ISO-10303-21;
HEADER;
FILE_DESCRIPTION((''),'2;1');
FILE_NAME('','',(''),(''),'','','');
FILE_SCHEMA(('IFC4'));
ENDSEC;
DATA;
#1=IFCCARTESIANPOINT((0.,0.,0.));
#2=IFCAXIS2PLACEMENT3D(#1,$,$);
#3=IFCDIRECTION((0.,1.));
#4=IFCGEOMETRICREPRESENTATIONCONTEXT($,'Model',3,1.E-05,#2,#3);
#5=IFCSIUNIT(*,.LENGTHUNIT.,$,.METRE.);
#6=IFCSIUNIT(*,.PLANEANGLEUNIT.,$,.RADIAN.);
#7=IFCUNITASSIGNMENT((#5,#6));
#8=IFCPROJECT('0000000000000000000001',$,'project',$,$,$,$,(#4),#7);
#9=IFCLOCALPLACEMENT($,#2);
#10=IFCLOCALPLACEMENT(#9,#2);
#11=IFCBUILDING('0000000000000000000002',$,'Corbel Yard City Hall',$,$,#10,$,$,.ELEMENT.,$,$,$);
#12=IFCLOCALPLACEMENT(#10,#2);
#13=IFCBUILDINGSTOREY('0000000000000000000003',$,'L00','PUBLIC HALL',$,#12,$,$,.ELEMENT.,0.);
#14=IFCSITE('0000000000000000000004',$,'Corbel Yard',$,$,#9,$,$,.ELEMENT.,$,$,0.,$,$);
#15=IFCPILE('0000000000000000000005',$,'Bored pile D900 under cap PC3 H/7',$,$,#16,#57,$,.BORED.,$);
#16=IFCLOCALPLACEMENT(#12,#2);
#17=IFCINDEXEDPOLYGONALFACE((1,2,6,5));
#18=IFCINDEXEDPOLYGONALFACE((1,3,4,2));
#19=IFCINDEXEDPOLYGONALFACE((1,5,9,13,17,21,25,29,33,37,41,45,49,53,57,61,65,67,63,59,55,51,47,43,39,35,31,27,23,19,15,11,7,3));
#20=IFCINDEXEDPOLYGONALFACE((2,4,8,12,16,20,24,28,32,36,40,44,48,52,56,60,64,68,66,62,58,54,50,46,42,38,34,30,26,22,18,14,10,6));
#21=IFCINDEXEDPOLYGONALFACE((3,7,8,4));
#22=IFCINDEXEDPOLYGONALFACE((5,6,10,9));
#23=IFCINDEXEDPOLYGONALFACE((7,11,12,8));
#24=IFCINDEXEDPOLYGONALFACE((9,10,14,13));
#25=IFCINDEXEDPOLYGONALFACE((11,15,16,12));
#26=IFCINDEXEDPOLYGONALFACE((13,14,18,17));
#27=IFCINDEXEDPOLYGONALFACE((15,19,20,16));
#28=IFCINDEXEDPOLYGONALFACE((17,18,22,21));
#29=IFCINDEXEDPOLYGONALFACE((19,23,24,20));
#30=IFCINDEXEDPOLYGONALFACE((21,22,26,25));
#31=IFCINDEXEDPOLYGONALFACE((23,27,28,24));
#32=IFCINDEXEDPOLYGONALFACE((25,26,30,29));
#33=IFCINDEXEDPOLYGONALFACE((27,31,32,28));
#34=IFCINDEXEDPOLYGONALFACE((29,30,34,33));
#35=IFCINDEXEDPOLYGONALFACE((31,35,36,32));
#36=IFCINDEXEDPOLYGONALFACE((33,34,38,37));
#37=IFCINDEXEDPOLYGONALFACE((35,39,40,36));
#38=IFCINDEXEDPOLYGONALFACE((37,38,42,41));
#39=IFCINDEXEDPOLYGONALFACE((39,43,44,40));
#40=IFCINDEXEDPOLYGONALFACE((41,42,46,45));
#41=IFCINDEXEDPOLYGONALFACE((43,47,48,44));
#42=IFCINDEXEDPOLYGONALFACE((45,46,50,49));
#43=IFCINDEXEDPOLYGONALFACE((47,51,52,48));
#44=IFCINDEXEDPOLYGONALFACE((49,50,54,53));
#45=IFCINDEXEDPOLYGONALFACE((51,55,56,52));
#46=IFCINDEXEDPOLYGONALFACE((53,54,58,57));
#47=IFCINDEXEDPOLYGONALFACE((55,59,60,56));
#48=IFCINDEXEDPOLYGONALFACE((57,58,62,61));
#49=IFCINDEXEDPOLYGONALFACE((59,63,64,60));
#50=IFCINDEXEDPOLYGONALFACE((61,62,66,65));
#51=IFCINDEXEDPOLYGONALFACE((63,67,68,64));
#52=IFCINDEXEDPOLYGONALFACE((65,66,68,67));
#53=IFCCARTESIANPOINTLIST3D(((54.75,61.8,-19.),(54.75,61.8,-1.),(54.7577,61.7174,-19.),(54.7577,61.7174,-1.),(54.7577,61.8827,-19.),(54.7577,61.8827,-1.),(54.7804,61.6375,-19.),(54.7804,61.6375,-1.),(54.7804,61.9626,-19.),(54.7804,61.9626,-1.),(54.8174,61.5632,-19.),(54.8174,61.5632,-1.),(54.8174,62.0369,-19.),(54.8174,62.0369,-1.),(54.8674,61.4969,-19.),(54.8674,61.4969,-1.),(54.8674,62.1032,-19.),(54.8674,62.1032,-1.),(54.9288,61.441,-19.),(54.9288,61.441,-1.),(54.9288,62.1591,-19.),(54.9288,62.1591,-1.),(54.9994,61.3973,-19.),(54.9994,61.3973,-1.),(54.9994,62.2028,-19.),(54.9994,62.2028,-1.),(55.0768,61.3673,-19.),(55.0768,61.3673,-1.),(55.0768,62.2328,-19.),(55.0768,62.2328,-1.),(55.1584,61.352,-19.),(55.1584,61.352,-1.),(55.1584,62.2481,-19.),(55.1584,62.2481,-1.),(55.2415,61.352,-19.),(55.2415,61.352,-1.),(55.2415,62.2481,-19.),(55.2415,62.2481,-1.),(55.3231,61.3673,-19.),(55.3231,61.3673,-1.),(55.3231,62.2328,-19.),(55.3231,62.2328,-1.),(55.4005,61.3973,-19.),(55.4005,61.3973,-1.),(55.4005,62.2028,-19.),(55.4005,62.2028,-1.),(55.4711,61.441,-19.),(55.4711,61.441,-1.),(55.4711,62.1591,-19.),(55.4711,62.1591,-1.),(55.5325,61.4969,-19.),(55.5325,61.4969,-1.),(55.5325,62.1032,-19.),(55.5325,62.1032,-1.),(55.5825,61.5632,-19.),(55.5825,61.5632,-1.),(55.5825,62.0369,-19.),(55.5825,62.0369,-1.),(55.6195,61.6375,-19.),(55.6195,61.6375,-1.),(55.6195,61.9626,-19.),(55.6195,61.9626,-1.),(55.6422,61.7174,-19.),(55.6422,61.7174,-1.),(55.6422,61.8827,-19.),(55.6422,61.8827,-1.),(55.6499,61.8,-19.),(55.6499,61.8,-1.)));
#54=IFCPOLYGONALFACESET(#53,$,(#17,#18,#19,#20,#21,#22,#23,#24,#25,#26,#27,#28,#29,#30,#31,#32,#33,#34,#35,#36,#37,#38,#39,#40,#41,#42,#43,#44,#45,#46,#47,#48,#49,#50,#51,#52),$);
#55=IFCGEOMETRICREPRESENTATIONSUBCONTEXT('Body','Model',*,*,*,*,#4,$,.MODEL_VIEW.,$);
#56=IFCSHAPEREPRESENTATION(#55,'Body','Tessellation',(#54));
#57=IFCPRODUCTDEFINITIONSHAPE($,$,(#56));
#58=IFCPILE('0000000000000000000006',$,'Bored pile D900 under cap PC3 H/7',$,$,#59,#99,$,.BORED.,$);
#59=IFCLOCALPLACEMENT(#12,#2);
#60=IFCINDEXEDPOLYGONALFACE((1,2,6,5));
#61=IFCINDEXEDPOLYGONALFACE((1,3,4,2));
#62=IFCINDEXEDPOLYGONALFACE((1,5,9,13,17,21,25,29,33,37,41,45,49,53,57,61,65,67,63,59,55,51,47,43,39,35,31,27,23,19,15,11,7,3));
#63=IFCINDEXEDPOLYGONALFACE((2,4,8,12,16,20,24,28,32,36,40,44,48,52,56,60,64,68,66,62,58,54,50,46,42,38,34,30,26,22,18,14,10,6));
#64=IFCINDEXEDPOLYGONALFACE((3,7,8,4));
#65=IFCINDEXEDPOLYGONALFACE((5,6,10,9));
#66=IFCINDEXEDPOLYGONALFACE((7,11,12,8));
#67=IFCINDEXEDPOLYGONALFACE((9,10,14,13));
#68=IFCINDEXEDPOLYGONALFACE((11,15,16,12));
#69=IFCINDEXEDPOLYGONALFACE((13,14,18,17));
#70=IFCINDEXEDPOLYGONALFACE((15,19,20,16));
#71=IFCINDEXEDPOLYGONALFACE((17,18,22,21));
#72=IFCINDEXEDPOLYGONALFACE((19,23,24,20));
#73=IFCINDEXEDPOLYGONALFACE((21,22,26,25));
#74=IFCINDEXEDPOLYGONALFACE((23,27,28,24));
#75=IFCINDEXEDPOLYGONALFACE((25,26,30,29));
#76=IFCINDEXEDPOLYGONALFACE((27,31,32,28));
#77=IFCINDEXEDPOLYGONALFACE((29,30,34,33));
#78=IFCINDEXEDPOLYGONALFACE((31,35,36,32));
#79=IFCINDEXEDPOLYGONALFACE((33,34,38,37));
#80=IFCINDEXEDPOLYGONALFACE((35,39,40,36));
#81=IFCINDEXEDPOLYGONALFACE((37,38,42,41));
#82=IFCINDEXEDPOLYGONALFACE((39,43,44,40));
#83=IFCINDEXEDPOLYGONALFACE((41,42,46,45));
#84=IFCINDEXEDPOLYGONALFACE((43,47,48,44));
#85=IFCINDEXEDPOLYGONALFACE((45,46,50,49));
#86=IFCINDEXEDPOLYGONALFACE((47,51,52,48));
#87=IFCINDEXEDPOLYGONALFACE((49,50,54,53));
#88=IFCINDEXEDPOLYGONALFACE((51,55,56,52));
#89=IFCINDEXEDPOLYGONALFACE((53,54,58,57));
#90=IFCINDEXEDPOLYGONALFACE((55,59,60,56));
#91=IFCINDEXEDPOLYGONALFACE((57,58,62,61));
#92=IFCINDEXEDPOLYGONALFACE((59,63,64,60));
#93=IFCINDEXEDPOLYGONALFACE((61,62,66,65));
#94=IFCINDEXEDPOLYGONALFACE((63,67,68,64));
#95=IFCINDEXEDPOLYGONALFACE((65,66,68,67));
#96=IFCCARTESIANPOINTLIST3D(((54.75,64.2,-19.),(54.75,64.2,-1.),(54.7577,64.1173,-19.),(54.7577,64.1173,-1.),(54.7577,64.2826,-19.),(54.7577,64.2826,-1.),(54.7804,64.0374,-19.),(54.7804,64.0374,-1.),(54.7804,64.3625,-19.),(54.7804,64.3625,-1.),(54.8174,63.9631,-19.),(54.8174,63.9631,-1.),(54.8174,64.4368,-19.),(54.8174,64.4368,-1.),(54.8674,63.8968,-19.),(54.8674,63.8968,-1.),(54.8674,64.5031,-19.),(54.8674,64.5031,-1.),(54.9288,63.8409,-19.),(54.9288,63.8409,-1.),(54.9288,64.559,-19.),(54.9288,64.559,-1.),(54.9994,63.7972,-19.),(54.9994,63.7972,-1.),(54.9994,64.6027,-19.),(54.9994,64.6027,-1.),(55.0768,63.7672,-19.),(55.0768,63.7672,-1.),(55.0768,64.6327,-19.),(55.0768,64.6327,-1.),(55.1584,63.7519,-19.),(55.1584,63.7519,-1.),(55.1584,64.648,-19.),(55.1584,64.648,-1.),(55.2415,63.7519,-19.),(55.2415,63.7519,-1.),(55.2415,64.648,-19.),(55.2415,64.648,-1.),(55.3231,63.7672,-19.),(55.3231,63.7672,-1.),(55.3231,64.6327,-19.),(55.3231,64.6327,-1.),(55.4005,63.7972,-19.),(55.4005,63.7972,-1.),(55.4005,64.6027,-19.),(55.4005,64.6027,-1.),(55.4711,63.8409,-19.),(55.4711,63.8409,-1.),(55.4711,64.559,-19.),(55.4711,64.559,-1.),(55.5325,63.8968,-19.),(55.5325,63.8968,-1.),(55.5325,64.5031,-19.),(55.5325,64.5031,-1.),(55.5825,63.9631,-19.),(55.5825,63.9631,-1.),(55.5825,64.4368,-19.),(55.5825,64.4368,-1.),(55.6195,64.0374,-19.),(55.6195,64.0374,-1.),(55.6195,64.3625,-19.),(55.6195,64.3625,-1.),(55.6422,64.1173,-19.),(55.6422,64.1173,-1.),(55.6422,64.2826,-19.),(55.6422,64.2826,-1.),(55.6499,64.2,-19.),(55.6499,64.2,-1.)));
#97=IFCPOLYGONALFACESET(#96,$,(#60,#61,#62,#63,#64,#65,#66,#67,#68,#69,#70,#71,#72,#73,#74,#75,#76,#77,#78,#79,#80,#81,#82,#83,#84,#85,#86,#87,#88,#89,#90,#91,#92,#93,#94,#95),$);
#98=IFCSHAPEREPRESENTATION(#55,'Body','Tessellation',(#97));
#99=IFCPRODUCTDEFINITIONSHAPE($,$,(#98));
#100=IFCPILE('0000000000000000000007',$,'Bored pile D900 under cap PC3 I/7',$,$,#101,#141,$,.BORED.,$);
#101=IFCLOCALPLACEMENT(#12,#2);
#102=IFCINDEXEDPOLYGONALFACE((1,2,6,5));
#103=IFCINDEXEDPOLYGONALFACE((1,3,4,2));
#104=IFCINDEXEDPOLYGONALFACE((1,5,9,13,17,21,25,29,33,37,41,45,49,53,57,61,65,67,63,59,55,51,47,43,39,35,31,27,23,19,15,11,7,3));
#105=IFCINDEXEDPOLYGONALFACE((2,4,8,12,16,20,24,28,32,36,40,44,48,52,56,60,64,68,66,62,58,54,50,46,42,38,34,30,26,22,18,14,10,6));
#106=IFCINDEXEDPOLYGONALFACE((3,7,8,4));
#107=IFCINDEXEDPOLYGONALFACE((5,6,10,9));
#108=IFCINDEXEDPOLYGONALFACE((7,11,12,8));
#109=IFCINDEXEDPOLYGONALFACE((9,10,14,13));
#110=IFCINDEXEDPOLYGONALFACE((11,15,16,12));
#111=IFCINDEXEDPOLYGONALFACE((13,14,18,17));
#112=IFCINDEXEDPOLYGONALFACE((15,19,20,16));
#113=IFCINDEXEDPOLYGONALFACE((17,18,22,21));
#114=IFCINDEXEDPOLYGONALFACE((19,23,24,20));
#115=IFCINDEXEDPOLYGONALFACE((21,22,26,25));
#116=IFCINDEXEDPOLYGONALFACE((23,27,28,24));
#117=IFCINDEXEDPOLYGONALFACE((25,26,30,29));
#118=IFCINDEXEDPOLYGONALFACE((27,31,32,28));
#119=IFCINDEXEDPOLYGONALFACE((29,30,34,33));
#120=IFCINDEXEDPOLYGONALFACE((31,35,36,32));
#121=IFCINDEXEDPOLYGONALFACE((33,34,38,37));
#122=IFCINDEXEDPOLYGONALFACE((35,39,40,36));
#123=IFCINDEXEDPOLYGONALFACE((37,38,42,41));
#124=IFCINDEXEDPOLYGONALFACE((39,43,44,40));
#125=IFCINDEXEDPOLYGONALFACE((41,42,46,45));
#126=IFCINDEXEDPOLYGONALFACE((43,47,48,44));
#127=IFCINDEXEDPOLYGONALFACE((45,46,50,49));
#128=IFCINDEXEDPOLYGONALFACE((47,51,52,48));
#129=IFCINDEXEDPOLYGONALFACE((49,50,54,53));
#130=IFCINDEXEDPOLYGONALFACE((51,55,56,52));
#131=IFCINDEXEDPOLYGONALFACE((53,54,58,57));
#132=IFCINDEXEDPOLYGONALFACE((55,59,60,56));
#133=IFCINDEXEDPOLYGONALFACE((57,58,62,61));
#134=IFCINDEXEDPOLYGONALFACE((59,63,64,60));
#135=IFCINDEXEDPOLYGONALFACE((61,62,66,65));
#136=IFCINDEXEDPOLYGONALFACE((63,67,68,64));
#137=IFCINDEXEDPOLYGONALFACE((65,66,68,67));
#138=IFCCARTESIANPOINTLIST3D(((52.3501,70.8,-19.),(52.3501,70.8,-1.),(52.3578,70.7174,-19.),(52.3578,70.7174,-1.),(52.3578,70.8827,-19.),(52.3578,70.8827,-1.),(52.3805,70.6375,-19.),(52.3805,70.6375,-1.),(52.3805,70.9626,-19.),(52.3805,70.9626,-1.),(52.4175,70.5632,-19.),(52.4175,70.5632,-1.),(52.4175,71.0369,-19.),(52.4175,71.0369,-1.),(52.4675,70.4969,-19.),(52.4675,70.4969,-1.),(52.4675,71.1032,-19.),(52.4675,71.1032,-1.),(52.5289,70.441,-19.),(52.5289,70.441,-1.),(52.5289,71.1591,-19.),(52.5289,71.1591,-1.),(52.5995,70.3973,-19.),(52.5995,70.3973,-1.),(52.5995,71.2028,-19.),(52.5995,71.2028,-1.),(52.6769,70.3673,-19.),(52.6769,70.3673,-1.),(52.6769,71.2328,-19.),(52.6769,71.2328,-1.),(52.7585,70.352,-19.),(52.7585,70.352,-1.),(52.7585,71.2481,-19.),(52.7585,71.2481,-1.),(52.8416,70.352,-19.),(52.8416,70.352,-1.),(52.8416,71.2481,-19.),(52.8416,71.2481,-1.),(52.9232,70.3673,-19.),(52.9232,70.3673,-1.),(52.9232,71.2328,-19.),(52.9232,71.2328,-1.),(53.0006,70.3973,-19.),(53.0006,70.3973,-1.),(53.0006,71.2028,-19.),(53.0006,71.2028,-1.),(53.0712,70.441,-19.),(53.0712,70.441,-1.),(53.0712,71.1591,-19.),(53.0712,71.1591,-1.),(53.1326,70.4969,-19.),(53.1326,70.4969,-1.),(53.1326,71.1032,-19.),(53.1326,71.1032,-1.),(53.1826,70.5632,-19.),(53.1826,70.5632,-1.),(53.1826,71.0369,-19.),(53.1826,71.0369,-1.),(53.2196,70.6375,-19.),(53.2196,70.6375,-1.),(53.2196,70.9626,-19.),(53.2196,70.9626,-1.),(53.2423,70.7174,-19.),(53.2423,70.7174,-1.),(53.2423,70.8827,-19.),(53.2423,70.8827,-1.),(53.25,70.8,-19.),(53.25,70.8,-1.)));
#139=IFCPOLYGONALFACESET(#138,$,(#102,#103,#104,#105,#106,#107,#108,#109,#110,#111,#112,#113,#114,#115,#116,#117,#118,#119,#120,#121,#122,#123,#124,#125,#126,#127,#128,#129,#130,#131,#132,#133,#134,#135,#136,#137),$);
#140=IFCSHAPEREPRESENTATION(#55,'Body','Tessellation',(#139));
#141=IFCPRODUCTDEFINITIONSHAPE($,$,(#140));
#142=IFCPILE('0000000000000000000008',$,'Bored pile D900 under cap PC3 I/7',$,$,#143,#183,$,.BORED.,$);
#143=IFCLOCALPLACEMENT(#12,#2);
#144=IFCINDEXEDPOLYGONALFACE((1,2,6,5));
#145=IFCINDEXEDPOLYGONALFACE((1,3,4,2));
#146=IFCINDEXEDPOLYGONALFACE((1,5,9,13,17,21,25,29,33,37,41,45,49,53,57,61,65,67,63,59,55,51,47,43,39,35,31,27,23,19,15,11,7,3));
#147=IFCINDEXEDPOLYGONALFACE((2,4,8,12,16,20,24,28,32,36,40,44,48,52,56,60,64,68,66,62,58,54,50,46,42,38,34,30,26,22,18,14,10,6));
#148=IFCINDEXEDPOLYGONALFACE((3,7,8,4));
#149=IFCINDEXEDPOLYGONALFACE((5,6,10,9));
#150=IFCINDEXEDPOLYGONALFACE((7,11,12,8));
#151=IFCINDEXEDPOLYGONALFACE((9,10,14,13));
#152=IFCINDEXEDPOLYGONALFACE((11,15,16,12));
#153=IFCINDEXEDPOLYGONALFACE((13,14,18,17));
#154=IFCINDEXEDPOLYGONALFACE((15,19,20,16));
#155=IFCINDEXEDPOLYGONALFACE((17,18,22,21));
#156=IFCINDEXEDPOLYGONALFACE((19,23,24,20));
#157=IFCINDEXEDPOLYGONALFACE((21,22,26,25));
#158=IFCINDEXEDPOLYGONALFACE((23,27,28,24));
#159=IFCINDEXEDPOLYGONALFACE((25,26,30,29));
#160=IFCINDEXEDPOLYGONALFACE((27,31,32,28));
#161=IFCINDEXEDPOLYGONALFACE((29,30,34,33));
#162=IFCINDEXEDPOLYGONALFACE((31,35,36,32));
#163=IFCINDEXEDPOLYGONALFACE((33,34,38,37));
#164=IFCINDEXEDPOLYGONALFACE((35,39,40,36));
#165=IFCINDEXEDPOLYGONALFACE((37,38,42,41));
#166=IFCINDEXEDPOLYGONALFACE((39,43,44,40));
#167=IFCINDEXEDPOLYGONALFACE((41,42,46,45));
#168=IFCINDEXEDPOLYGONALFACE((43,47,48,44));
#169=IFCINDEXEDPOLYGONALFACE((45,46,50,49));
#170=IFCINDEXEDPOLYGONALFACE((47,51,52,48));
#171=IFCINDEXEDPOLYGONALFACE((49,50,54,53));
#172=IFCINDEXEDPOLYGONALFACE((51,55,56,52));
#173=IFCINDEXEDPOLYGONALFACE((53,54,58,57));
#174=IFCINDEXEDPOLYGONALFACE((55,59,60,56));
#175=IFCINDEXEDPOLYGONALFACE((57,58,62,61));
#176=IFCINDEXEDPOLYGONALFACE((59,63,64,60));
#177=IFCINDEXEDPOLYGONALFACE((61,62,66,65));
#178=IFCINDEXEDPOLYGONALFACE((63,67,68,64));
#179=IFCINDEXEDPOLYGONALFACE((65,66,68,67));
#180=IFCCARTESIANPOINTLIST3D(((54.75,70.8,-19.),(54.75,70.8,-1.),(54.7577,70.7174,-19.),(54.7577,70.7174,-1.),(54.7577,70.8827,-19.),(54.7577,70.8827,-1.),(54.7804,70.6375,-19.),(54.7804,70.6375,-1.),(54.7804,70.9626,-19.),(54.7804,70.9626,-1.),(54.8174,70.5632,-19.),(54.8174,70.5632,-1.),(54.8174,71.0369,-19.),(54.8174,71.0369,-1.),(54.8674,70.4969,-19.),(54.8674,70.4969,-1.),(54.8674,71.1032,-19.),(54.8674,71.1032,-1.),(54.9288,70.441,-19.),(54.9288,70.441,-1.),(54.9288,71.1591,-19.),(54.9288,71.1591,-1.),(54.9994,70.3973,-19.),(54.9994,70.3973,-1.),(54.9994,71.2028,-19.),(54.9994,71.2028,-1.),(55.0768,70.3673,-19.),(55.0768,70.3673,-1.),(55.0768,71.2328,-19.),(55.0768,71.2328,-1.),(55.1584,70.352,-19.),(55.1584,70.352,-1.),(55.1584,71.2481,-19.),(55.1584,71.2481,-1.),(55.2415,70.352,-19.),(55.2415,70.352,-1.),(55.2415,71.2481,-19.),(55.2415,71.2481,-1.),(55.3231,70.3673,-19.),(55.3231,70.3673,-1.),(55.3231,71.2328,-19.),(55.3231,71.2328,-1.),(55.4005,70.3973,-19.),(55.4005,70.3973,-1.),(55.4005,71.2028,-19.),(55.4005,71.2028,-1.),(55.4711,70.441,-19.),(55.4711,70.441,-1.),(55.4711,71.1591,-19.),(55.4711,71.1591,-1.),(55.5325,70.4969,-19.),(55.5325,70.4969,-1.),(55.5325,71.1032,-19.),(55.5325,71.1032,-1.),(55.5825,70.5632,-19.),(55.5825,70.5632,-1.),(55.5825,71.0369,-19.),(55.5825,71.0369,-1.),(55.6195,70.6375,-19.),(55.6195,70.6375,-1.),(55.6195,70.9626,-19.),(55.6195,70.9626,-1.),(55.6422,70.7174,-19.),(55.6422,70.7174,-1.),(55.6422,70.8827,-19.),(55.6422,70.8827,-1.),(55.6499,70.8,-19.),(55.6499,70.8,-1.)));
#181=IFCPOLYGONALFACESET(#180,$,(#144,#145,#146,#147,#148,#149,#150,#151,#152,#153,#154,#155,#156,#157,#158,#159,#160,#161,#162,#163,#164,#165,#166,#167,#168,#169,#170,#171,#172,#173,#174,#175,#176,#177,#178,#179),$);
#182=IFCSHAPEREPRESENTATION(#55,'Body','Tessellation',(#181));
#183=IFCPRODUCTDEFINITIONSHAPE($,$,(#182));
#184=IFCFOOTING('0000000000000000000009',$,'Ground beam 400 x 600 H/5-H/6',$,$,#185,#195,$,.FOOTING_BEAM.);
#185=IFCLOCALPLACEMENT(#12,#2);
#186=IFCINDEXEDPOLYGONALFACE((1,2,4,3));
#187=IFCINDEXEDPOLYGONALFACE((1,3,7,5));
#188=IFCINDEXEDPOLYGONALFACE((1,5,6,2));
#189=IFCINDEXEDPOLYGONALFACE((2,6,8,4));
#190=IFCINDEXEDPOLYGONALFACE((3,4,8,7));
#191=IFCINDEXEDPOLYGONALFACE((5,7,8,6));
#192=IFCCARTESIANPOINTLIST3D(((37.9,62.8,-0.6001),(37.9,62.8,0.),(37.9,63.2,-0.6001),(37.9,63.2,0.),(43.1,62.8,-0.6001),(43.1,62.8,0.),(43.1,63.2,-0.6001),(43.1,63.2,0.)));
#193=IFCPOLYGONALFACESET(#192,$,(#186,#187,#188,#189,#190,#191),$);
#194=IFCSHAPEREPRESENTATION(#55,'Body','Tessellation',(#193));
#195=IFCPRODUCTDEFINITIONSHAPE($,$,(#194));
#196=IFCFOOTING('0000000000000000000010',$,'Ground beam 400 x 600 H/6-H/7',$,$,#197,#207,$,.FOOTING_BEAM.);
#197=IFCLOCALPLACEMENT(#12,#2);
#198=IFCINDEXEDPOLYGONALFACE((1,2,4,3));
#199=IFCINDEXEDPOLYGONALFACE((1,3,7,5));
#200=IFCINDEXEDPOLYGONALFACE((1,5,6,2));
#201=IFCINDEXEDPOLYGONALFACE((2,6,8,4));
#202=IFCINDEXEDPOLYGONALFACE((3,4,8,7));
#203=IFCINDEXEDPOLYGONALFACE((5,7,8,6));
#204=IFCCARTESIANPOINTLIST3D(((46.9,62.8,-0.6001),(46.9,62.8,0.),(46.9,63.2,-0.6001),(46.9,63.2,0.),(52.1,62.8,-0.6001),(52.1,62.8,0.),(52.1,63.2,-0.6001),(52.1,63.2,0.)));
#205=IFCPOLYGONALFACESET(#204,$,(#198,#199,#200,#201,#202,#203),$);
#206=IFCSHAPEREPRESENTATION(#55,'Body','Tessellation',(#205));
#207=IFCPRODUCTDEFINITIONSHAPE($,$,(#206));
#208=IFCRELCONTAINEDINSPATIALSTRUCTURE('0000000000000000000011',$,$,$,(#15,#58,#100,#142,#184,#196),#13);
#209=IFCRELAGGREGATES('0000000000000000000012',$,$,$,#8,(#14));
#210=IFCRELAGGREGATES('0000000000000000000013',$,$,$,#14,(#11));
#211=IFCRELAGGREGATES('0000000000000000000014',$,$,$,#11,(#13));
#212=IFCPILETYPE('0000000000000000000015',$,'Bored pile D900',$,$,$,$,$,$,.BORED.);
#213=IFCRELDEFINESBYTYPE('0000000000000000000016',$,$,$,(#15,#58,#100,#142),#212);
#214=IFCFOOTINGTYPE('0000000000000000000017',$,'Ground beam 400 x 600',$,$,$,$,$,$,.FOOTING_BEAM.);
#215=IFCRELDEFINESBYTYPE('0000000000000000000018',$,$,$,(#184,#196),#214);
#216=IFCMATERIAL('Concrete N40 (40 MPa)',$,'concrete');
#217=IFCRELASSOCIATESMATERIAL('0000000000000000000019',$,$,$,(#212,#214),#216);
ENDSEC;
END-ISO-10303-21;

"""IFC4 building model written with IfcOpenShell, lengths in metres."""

from ifc_helpers import new_model, si_unit, direction, frame, origin, origin_2d, place, context, subcontext, project, spatial, rectangle, circle, extrude, material, material_profile, profile_set, type_object, element, save


model = new_model("IFC4")

# Units and contexts
model_context = context("Model", 3, precision=1e-05, world=origin(), true_north=direction((0.0, 1.0)))
body_context = subcontext(model_context, "Body", "Model", "MODEL_VIEW")
ifc_project = project(units=[si_unit("LENGTHUNIT", "METRE"), si_unit("PLANEANGLEUNIT", "RADIAN")], contexts=[model_context])

# Site, building, storey
site_placement = place(None, origin())
site = spatial("IfcSite", under=ifc_project, at=site_placement, Name="Corbel Yard", CompositionType="ELEMENT", RefElevation=0.0)
building_placement = place(site_placement, origin())
building = spatial("IfcBuilding", under=site, at=building_placement, Name="Corbel Yard City Hall", CompositionType="ELEMENT")
storey_placement = place(building_placement, origin())
storey = spatial("IfcBuildingStorey", under=building, at=storey_placement, Name="L00", Description="PUBLIC HALL", CompositionType="ELEMENT", Elevation=0.0)

# Piles
ifc_material_1 = material(Name="Concrete N40 (40 MPa)", Category="concrete")
ifc_material_profile_1 = material_profile(ifc_material_1, circle(Radius=0.45, at=origin_2d()), Name="D900")
ifc_profile_set_1 = profile_set([ifc_material_profile_1], Name="Concrete N40 (40 MPa)")
pile_type = type_object("IfcPileType", Name="Bored pile D900", PredefinedType="BORED", material=ifc_profile_set_1)
for number, where, z_axis, x_axis, name in (
    (1, (55.2, 61.8, -1.0), (0.0, 0.0, -1.0), (1.0, 0.0, 0.0), "Bored pile D900 under cap PC3 H/7"),
    (2, (55.2, 64.2, -1.0), (0.0, 0.0, -1.0), (1.0, 0.0, 0.0), "Bored pile D900 under cap PC3 H/7"),
    (3, (52.8, 70.8, -1.0), (0.0, 0.0, -1.0), (1.0, 0.0, 0.0), "Bored pile D900 under cap PC3 I/7"),
    (4, (55.2, 70.8, -1.0), (0.0, 0.0, -1.0), (1.0, 0.0, 0.0), "Bored pile D900 under cap PC3 I/7"),
):
    element("IfcPile", number, at=place(storey_placement, frame(where, z_axis=z_axis, x_axis=x_axis)), inside=storey, type_object=pile_type, Name=name, PredefinedType="BORED", context=body_context, shape_type="SweptSolid", body=[
        extrude(circle(Radius=0.45, at=origin_2d()), origin(), (0.0, 0.0, 1.0), 18.0),
    ])

# Footings
footing_type_1 = type_object("IfcFootingType", Name="Ground beam 400 x 600", PredefinedType="FOOTING_BEAM", material=ifc_material_1)
for number, where, z_axis, x_axis, name in (
    (5, (40.5, 63.0, -0.6001), (0.0, 0.0, 1.0), (1.0, 0.0, 0.0), "Ground beam 400 x 600 H/5-H/6"),
    (6, (49.5, 63.0, -0.6001), (0.0, 0.0, 1.0), (1.0, 0.0, 0.0), "Ground beam 400 x 600 H/6-H/7"),
):
    element("IfcFooting", number, at=place(storey_placement, frame(where, z_axis=z_axis, x_axis=x_axis)), inside=storey, type_object=footing_type_1, Name=name, PredefinedType="FOOTING_BEAM", context=body_context, shape_type="SweptSolid", body=[
        extrude(rectangle(XDim=5.2, YDim=0.3999, at=origin_2d()), origin(), (0.0, 0.0, 1.0), 0.6001),
    ])

save(model, "model.ifc")
